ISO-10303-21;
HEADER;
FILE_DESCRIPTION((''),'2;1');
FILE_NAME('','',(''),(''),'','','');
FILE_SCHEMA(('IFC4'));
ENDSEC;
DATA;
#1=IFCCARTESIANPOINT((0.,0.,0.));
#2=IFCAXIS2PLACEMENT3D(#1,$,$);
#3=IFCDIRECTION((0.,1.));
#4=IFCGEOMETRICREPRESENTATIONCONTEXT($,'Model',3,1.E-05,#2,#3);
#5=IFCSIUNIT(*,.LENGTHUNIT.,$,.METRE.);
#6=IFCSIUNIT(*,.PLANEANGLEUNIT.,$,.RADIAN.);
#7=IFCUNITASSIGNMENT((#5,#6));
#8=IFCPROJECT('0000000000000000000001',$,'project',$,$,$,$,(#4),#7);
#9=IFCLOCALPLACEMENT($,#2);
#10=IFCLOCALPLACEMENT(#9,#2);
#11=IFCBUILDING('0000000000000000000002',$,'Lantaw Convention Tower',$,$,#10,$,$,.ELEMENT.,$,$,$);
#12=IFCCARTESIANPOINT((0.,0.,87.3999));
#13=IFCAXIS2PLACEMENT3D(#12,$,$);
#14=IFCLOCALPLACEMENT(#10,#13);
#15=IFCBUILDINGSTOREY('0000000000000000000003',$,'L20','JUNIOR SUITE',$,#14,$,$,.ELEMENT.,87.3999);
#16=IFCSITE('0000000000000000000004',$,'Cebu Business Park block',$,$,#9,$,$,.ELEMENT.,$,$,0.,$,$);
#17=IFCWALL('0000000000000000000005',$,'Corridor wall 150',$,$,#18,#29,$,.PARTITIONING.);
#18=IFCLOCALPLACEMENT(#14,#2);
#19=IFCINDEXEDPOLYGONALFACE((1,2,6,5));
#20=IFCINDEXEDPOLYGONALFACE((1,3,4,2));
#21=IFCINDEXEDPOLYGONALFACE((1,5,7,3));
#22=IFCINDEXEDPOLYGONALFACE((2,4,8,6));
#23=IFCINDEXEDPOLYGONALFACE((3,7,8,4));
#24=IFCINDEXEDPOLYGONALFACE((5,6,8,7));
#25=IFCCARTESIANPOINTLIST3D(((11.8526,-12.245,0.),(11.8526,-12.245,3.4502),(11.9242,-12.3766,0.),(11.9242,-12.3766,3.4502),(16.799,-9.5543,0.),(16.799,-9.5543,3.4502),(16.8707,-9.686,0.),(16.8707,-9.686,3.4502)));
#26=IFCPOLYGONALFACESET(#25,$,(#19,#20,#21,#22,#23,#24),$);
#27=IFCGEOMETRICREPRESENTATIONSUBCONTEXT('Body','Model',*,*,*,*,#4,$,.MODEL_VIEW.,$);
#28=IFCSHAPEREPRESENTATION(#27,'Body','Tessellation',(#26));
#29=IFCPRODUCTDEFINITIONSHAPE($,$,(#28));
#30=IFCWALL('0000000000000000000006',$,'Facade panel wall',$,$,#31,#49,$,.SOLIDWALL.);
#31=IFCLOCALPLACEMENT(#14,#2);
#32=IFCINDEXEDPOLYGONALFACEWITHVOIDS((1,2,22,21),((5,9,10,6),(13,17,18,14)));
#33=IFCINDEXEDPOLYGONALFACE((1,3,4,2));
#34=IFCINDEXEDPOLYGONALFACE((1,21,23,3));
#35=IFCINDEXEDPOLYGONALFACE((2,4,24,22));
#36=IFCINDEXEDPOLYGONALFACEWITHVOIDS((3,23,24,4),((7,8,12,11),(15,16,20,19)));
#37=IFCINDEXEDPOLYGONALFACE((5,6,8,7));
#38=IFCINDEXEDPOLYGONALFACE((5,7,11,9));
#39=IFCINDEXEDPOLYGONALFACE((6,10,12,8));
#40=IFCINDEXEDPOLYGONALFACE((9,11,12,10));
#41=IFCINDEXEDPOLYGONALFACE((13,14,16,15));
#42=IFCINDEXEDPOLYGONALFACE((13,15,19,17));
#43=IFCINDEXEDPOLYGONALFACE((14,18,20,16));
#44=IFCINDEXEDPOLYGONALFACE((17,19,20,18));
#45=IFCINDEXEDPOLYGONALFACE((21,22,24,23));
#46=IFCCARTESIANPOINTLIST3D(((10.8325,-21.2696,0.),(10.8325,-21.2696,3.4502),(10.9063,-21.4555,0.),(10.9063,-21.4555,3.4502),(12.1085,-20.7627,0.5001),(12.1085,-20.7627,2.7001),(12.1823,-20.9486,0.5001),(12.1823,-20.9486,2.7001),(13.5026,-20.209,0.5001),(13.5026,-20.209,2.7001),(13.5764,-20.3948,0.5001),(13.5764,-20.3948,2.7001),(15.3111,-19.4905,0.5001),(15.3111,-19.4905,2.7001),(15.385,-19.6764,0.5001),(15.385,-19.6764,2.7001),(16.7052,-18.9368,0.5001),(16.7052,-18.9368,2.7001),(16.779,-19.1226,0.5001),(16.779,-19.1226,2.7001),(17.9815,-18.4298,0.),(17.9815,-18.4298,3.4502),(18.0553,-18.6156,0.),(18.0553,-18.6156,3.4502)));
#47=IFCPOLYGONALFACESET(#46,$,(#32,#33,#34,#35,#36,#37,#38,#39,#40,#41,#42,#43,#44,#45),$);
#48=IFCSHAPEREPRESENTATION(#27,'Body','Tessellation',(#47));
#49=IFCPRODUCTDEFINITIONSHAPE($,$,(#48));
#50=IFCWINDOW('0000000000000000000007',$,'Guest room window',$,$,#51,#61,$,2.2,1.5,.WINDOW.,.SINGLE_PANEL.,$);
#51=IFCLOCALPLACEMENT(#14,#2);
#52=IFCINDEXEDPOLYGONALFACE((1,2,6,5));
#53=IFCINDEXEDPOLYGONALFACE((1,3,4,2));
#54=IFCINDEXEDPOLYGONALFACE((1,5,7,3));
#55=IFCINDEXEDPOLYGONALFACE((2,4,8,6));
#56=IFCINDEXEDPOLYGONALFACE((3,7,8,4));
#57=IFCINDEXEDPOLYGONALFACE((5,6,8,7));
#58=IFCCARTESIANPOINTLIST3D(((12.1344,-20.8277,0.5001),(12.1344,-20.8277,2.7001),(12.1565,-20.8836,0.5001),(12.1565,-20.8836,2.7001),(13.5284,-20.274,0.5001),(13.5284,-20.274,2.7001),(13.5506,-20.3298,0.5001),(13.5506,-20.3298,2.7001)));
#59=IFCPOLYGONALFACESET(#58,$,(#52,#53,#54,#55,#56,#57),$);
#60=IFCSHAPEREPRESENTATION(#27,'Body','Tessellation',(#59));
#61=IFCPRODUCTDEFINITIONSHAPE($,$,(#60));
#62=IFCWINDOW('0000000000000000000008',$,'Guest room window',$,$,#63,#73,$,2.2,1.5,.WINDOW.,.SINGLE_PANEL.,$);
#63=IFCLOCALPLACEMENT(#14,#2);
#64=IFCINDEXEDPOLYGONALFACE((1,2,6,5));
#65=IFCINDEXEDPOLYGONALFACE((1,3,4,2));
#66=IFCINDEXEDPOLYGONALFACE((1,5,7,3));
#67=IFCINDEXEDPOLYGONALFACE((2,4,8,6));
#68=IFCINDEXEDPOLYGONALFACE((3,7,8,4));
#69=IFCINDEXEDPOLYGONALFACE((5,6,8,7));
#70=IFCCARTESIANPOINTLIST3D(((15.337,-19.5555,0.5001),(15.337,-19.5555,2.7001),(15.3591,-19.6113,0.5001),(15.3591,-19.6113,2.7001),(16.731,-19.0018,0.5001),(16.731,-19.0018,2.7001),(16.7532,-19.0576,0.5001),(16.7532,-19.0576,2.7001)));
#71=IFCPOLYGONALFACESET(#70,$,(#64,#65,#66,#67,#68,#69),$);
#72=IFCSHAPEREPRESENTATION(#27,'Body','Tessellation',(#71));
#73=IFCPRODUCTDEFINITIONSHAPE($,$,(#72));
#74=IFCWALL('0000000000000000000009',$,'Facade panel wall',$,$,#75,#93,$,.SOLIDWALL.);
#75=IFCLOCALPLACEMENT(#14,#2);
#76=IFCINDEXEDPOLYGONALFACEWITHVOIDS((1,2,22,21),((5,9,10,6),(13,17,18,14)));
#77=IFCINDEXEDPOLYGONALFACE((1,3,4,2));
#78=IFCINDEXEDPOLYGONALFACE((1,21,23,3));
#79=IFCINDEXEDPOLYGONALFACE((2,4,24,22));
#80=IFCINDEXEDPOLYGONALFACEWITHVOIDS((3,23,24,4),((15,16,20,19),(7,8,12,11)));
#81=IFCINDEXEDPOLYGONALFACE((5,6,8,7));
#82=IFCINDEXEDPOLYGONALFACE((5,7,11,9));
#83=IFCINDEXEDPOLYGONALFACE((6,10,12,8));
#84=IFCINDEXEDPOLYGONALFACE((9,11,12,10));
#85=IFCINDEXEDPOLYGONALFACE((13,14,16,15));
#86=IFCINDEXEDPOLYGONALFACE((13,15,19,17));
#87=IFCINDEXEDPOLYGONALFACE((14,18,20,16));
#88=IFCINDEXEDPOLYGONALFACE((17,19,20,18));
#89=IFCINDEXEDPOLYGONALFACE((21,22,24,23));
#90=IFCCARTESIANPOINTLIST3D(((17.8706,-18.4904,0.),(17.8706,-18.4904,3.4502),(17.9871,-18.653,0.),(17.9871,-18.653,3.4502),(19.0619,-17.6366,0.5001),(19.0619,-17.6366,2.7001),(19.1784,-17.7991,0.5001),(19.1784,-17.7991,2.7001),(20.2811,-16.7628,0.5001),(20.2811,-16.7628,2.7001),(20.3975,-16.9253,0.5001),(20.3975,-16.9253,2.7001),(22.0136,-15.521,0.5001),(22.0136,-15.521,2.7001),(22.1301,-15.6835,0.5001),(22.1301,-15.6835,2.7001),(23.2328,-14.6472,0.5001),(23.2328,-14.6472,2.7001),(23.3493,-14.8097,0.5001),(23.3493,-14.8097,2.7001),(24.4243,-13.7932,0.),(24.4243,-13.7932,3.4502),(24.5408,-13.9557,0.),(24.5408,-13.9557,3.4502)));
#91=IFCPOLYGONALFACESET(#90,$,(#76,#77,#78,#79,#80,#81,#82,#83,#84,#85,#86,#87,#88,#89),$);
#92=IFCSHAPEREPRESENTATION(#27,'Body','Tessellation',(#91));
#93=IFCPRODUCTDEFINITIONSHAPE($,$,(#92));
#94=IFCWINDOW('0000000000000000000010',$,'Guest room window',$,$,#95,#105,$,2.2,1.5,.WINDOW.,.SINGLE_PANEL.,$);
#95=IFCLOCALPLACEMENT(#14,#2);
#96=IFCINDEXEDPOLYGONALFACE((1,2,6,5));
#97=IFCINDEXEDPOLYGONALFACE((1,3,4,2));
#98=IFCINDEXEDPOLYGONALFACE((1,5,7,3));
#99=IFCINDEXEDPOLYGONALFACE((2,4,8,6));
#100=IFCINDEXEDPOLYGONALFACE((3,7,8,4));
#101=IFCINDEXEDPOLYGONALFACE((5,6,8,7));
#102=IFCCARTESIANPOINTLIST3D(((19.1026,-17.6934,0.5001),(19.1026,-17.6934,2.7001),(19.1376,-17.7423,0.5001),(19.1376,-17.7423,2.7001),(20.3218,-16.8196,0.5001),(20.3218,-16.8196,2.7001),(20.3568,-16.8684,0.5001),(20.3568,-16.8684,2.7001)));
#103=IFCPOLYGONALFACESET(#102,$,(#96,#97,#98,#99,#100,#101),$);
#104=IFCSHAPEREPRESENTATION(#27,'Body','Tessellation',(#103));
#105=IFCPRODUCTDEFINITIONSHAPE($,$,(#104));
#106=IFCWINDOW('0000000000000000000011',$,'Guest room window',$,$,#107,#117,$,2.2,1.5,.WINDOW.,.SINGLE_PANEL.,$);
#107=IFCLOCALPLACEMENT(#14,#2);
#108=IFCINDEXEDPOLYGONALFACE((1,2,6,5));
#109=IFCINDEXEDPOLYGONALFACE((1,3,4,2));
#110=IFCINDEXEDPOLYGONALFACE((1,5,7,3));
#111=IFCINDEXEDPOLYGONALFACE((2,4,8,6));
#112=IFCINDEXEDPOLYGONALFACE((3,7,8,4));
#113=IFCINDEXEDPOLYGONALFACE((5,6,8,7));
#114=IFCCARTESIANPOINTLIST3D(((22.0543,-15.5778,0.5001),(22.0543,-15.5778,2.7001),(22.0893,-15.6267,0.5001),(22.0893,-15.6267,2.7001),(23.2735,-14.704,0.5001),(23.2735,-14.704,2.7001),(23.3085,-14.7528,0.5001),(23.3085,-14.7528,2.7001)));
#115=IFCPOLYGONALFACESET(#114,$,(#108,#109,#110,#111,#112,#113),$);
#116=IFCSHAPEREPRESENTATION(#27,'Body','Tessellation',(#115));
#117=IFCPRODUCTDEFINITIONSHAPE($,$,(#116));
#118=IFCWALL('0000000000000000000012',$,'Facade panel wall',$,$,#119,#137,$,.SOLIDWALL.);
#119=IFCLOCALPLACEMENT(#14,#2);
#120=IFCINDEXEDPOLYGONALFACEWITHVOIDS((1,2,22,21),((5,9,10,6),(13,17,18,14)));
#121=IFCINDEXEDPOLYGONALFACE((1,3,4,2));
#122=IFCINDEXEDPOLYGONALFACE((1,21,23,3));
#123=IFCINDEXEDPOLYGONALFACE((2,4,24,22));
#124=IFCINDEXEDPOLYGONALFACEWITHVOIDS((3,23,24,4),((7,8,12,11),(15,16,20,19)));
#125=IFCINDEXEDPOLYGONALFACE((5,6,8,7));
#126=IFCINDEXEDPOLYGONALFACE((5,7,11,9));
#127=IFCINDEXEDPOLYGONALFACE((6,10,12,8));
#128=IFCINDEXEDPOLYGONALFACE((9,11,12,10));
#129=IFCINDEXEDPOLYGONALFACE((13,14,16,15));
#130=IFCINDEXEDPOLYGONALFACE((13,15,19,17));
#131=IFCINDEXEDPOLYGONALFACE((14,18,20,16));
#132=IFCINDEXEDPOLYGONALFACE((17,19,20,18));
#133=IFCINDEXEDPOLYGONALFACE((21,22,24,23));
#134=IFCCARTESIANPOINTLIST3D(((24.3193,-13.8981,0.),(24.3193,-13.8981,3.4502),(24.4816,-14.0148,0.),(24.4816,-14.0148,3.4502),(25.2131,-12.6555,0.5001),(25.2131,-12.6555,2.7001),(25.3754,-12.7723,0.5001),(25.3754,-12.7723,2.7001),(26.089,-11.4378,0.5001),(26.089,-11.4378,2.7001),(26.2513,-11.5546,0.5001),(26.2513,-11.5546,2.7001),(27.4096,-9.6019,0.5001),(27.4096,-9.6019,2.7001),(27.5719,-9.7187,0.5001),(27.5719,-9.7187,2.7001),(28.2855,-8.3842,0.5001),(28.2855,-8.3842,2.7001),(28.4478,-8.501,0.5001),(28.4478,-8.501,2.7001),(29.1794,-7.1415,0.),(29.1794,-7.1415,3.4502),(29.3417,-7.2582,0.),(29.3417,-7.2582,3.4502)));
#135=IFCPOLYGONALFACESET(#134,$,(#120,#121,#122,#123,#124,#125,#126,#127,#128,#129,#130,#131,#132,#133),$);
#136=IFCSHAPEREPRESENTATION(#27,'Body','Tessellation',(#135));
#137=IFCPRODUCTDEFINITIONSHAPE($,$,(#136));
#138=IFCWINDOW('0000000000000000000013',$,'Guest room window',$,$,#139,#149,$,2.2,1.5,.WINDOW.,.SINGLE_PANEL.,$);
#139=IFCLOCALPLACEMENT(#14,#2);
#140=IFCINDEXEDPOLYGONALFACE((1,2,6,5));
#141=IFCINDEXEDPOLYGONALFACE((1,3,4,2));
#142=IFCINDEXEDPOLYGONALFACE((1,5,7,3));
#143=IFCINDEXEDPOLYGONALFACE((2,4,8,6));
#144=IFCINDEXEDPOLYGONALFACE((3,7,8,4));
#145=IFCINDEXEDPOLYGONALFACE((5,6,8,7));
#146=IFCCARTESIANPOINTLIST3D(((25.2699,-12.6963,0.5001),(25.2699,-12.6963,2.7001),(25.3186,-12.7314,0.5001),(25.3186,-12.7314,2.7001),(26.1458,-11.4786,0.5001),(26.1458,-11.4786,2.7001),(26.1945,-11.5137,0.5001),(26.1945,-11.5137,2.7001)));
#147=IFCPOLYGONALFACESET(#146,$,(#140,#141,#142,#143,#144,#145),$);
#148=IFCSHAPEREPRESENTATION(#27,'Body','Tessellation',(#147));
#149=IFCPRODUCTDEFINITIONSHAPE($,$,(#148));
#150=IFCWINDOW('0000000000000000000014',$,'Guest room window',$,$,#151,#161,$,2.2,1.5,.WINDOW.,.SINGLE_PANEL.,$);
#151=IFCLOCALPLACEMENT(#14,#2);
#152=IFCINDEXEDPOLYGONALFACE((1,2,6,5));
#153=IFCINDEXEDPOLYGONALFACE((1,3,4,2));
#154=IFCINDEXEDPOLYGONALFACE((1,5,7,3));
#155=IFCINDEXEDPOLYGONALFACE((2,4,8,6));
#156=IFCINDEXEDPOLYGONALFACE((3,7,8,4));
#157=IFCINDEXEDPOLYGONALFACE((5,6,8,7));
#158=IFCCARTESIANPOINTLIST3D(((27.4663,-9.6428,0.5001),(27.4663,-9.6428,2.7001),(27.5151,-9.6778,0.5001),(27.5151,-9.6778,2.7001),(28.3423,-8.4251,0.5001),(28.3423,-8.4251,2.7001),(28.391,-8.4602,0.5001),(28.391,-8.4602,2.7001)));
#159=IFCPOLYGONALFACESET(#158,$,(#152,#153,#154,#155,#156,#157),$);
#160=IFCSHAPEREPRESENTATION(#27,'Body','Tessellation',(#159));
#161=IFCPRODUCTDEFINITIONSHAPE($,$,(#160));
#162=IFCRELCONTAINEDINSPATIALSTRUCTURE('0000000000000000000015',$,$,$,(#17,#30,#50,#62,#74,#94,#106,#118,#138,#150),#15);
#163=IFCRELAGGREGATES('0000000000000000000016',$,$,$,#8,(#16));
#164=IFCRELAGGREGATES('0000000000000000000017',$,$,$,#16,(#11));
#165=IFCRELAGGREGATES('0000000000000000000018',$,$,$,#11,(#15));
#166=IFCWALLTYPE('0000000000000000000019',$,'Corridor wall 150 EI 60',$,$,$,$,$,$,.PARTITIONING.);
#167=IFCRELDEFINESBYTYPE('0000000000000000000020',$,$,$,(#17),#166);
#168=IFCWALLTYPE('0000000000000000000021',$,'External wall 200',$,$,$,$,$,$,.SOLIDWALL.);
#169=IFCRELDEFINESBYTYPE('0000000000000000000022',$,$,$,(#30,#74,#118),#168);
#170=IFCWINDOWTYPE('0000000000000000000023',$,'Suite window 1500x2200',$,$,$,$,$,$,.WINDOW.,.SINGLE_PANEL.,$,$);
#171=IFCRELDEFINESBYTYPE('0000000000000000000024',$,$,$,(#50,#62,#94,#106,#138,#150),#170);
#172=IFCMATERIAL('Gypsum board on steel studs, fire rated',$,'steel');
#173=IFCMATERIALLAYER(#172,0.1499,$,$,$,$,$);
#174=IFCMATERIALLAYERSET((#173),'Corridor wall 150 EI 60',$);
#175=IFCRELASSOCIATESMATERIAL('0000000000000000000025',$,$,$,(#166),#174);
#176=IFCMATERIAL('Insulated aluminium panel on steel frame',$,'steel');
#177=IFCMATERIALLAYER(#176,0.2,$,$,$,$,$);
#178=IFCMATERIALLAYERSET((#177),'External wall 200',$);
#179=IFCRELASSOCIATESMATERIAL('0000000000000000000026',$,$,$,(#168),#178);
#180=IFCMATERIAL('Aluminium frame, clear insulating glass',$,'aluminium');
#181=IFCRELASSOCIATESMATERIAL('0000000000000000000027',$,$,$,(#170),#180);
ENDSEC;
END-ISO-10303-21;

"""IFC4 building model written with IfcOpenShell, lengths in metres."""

from ifc_helpers import new_model, si_unit, direction, frame, frame_2d, origin, place, context, subcontext, project, spatial, rectangle, extrude, material, layer, layer_set, type_object, element, fill, save


model = new_model("IFC4")

# Units and contexts
model_context = context("Model", 3, precision=1e-05, world=origin(), true_north=direction((0.0, 1.0)))
body_context = subcontext(model_context, "Body", "Model", "MODEL_VIEW")
ifc_project = project(units=[si_unit("LENGTHUNIT", "METRE"), si_unit("PLANEANGLEUNIT", "RADIAN")], contexts=[model_context])

# Site, building, storey
site_placement = place(None, origin())
site = spatial("IfcSite", under=ifc_project, at=site_placement, Name="Cebu Business Park block", CompositionType="ELEMENT", RefElevation=0.0)
building_placement = place(site_placement, origin())
building = spatial("IfcBuilding", under=site, at=building_placement, Name="Lantaw Convention Tower", CompositionType="ELEMENT")
storey_placement = place(building_placement, frame((0.0, 0.0, 87.3999)))
storey = spatial("IfcBuildingStorey", under=building, at=storey_placement, Name="L20", Description="JUNIOR SUITE", CompositionType="ELEMENT", Elevation=87.3999)

# Wall
ifc_material_1 = material(Name="Gypsum board on steel studs, fire rated", Category="steel")
ifc_layer_1 = layer(ifc_material_1, 0.1499)
ifc_layer_set_1 = layer_set([ifc_layer_1], Name="Corridor wall 150 EI 60")
wall_type_1 = type_object("IfcWallType", Name="Corridor wall 150 EI 60", PredefinedType="PARTITIONING", material=ifc_layer_set_1)
wall_1_placement = place(storey_placement, frame((11.8884, -12.3108, 0.0), z_axis=(0.0, 0.0, 1.0), x_axis=(0.87845, 0.477834, 0.0)))
element("IfcWall", 1, at=wall_1_placement, inside=storey, type_object=wall_type_1, Name="Corridor wall 150", PredefinedType="PARTITIONING", context=body_context, shape_type="SweptSolid", body=[
    extrude(rectangle(XDim=5.6309, YDim=0.1499, at=frame_2d((2.8154, 0.0))), origin(), (0.0, 0.0, 1.0), 3.4502),
])

# Walls, openings, windows
ifc_material_2 = material(Name="Insulated aluminium panel on steel frame", Category="steel")
ifc_layer_2 = layer(ifc_material_2, 0.2)
ifc_layer_set_2 = layer_set([ifc_layer_2], Name="External wall 200")
wall_type_2 = type_object("IfcWallType", Name="External wall 200", PredefinedType="SOLIDWALL", material=ifc_layer_set_2)
wall_2_placement = place(storey_placement, frame((10.8694, -21.3625, 0.0), z_axis=(0.0, 0.0, 1.0), x_axis=(0.929358, 0.369179, 0.0)))
wall_2 = element("IfcWall", 2, at=wall_2_placement, inside=storey, type_object=wall_type_2, Name="Facade panel wall", PredefinedType="SOLIDWALL", context=body_context, shape_type="SweptSolid", body=[
    extrude(rectangle(XDim=7.6924, YDim=0.2, at=frame_2d((3.8462, 0.0))), origin(), (0.0, 0.0, 1.0), 3.4502),
])
opening_1_placement = place(wall_2_placement, frame((1.373, 0.0, 0.5)))
opening_1 = element("IfcOpeningElement", 3, at=opening_1_placement, cuts=wall_2, PredefinedType="OPENING", context=body_context, shape_type="SweptSolid", body=[
    extrude(rectangle(XDim=1.5, YDim=2.2, at=frame_2d((0.75, 1.1001))), frame((0.0, 0.1099, 0.0), z_axis=(0.0, -1.0, 0.0), x_axis=(1.0, 0.0, 0.0)), (0.0, 0.0, 1.0), 0.22),
])
opening_2_placement = place(wall_2_placement, frame((4.8191, 0.0, 0.5)))
opening_2 = element("IfcOpeningElement", 4, at=opening_2_placement, cuts=wall_2, PredefinedType="OPENING", context=body_context, shape_type="SweptSolid", body=[
    extrude(rectangle(XDim=1.5, YDim=2.2, at=frame_2d((0.75, 1.1001))), frame((0.0, 0.1099, 0.0), z_axis=(0.0, -1.0, 0.0), x_axis=(1.0, 0.0, 0.0)), (0.0, 0.0, 1.0), 0.22),
])
ifc_material_3 = material(Name="Aluminium frame, clear insulating glass", Category="aluminium")
window_type = type_object("IfcWindowType", Name="Suite window 1500x2200", PartitioningType="SINGLE_PANEL", PredefinedType="WINDOW", material=ifc_material_3)
window_1_placement = place(opening_1_placement, origin())
window_1 = element("IfcWindow", 5, at=window_1_placement, inside=storey, type_object=window_type, Name="Guest room window", OverallHeight=2.2, OverallWidth=1.5, PartitioningType="SINGLE_PANEL", PredefinedType="WINDOW", context=body_context, shape_type="SweptSolid", body=[
    extrude(rectangle(XDim=1.5, YDim=2.2, at=frame_2d((0.75, 1.1001))), frame((0.0, 0.03, 0.0), z_axis=(0.0, -1.0, 0.0), x_axis=(1.0, 0.0, 0.0)), (0.0, 0.0, 1.0), 0.0601),
])
fill(opening_1, window_1)
window_2_placement = place(opening_2_placement, origin())
window_2 = element("IfcWindow", 6, at=window_2_placement, inside=storey, type_object=window_type, Name="Guest room window", OverallHeight=2.2, OverallWidth=1.5, PartitioningType="SINGLE_PANEL", PredefinedType="WINDOW", context=body_context, shape_type="SweptSolid", body=[
    extrude(rectangle(XDim=1.5, YDim=2.2, at=frame_2d((0.75, 1.1001))), frame((0.0, 0.03, 0.0), z_axis=(0.0, -1.0, 0.0), x_axis=(1.0, 0.0, 0.0)), (0.0, 0.0, 1.0), 0.0601),
])
fill(opening_2, window_2)
wall_3_placement = place(storey_placement, frame((17.9287, -18.5718, 0.0), z_axis=(0.0, 0.0, 1.0), x_axis=(0.812791, 0.582555, 0.0)))
wall_3 = element("IfcWall", 7, at=wall_3_placement, inside=storey, type_object=wall_type_2, Name="Facade panel wall", PredefinedType="SOLIDWALL", context=body_context, shape_type="SweptSolid", body=[
    extrude(rectangle(XDim=8.0632, YDim=0.2, at=frame_2d((4.0317, 0.0))), origin(), (0.0, 0.0, 1.0), 3.4502),
])
opening_3_placement = place(wall_3_placement, frame((1.4658, 0.0, 0.5)))
opening_3 = element("IfcOpeningElement", 8, at=opening_3_placement, cuts=wall_3, PredefinedType="OPENING", context=body_context, shape_type="SweptSolid", body=[
    extrude(rectangle(XDim=1.5, YDim=2.2, at=frame_2d((0.75, 1.1001))), frame((0.0, 0.1099, 0.0), z_axis=(0.0, -1.0, 0.0), x_axis=(1.0, 0.0, 0.0)), (0.0, 0.0, 1.0), 0.22),
])
opening_4_placement = place(wall_3_placement, frame((5.0974, 0.0, 0.5)))
opening_4 = element("IfcOpeningElement", 9, at=opening_4_placement, cuts=wall_3, PredefinedType="OPENING", context=body_context, shape_type="SweptSolid", body=[
    extrude(rectangle(XDim=1.5, YDim=2.2, at=frame_2d((0.75, 1.1001))), frame((0.0, 0.1099, 0.0), z_axis=(0.0, -1.0, 0.0), x_axis=(1.0, 0.0, 0.0)), (0.0, 0.0, 1.0), 0.22),
])
window_3_placement = place(opening_3_placement, origin())
window_3 = element("IfcWindow", 10, at=window_3_placement, inside=storey, type_object=window_type, Name="Guest room window", OverallHeight=2.2, OverallWidth=1.5, PartitioningType="SINGLE_PANEL", PredefinedType="WINDOW", context=body_context, shape_type="SweptSolid", body=[
    extrude(rectangle(XDim=1.5, YDim=2.2, at=frame_2d((0.75, 1.1001))), frame((0.0, 0.03, 0.0), z_axis=(0.0, -1.0, 0.0), x_axis=(1.0, 0.0, 0.0)), (0.0, 0.0, 1.0), 0.0601),
])
fill(opening_3, window_3)
window_4_placement = place(opening_4_placement, origin())
window_4 = element("IfcWindow", 11, at=window_4_placement, inside=storey, type_object=window_type, Name="Guest room window", OverallHeight=2.2, OverallWidth=1.5, PartitioningType="SINGLE_PANEL", PredefinedType="WINDOW", context=body_context, shape_type="SweptSolid", body=[
    extrude(rectangle(XDim=1.5, YDim=2.2, at=frame_2d((0.75, 1.1001))), frame((0.0, 0.03, 0.0), z_axis=(0.0, -1.0, 0.0), x_axis=(1.0, 0.0, 0.0)), (0.0, 0.0, 1.0), 0.0601),
])
fill(opening_4, window_4)
wall_4_placement = place(storey_placement, frame((24.4004, -13.9565, 0.0), z_axis=(0.0, 0.0, 1.0), x_axis=(0.583938, 0.811799, 0.0)))
wall_4 = element("IfcWall", 12, at=wall_4_placement, inside=storey, type_object=wall_type_2, Name="Facade panel wall", PredefinedType="SOLIDWALL", context=body_context, shape_type="SweptSolid", body=[
    extrude(rectangle(XDim=8.323, YDim=0.2, at=frame_2d((4.1616, 0.0))), origin(), (0.0, 0.0, 1.0), 3.4502),
])
opening_5_placement = place(wall_4_placement, frame((1.5308, 0.0, 0.5)))
opening_5 = element("IfcOpeningElement", 13, at=opening_5_placement, cuts=wall_4, PredefinedType="OPENING", context=body_context, shape_type="SweptSolid", body=[
    extrude(rectangle(XDim=1.5, YDim=2.2, at=frame_2d((0.75, 1.1001))), frame((0.0, 0.1099, 0.0), z_axis=(0.0, -1.0, 0.0), x_axis=(1.0, 0.0, 0.0)), (0.0, 0.0, 1.0), 0.22),
])
opening_6_placement = place(wall_4_placement, frame((5.2922, 0.0, 0.5)))
opening_6 = element("IfcOpeningElement", 14, at=opening_6_placement, cuts=wall_4, PredefinedType="OPENING", context=body_context, shape_type="SweptSolid", body=[
    extrude(rectangle(XDim=1.5, YDim=2.2, at=frame_2d((0.75, 1.1001))), frame((0.0, 0.1099, 0.0), z_axis=(0.0, -1.0, 0.0), x_axis=(1.0, 0.0, 0.0)), (0.0, 0.0, 1.0), 0.22),
])
window_5_placement = place(opening_5_placement, origin())
window_5 = element("IfcWindow", 15, at=window_5_placement, inside=storey, type_object=window_type, Name="Guest room window", OverallHeight=2.2, OverallWidth=1.5, PartitioningType="SINGLE_PANEL", PredefinedType="WINDOW", context=body_context, shape_type="SweptSolid", body=[
    extrude(rectangle(XDim=1.5, YDim=2.2, at=frame_2d((0.75, 1.1001))), frame((0.0, 0.03, 0.0), z_axis=(0.0, -1.0, 0.0), x_axis=(1.0, 0.0, 0.0)), (0.0, 0.0, 1.0), 0.0601),
])
fill(opening_5, window_5)
window_6_placement = place(opening_6_placement, origin())
window_6 = element("IfcWindow", 16, at=window_6_placement, inside=storey, type_object=window_type, Name="Guest room window", OverallHeight=2.2, OverallWidth=1.5, PartitioningType="SINGLE_PANEL", PredefinedType="WINDOW", context=body_context, shape_type="SweptSolid", body=[
    extrude(rectangle(XDim=1.5, YDim=2.2, at=frame_2d((0.75, 1.1001))), frame((0.0, 0.03, 0.0), z_axis=(0.0, -1.0, 0.0), x_axis=(1.0, 0.0, 0.0)), (0.0, 0.0, 1.0), 0.0601),
])
fill(opening_6, window_6)

save(model, "model.ifc")
